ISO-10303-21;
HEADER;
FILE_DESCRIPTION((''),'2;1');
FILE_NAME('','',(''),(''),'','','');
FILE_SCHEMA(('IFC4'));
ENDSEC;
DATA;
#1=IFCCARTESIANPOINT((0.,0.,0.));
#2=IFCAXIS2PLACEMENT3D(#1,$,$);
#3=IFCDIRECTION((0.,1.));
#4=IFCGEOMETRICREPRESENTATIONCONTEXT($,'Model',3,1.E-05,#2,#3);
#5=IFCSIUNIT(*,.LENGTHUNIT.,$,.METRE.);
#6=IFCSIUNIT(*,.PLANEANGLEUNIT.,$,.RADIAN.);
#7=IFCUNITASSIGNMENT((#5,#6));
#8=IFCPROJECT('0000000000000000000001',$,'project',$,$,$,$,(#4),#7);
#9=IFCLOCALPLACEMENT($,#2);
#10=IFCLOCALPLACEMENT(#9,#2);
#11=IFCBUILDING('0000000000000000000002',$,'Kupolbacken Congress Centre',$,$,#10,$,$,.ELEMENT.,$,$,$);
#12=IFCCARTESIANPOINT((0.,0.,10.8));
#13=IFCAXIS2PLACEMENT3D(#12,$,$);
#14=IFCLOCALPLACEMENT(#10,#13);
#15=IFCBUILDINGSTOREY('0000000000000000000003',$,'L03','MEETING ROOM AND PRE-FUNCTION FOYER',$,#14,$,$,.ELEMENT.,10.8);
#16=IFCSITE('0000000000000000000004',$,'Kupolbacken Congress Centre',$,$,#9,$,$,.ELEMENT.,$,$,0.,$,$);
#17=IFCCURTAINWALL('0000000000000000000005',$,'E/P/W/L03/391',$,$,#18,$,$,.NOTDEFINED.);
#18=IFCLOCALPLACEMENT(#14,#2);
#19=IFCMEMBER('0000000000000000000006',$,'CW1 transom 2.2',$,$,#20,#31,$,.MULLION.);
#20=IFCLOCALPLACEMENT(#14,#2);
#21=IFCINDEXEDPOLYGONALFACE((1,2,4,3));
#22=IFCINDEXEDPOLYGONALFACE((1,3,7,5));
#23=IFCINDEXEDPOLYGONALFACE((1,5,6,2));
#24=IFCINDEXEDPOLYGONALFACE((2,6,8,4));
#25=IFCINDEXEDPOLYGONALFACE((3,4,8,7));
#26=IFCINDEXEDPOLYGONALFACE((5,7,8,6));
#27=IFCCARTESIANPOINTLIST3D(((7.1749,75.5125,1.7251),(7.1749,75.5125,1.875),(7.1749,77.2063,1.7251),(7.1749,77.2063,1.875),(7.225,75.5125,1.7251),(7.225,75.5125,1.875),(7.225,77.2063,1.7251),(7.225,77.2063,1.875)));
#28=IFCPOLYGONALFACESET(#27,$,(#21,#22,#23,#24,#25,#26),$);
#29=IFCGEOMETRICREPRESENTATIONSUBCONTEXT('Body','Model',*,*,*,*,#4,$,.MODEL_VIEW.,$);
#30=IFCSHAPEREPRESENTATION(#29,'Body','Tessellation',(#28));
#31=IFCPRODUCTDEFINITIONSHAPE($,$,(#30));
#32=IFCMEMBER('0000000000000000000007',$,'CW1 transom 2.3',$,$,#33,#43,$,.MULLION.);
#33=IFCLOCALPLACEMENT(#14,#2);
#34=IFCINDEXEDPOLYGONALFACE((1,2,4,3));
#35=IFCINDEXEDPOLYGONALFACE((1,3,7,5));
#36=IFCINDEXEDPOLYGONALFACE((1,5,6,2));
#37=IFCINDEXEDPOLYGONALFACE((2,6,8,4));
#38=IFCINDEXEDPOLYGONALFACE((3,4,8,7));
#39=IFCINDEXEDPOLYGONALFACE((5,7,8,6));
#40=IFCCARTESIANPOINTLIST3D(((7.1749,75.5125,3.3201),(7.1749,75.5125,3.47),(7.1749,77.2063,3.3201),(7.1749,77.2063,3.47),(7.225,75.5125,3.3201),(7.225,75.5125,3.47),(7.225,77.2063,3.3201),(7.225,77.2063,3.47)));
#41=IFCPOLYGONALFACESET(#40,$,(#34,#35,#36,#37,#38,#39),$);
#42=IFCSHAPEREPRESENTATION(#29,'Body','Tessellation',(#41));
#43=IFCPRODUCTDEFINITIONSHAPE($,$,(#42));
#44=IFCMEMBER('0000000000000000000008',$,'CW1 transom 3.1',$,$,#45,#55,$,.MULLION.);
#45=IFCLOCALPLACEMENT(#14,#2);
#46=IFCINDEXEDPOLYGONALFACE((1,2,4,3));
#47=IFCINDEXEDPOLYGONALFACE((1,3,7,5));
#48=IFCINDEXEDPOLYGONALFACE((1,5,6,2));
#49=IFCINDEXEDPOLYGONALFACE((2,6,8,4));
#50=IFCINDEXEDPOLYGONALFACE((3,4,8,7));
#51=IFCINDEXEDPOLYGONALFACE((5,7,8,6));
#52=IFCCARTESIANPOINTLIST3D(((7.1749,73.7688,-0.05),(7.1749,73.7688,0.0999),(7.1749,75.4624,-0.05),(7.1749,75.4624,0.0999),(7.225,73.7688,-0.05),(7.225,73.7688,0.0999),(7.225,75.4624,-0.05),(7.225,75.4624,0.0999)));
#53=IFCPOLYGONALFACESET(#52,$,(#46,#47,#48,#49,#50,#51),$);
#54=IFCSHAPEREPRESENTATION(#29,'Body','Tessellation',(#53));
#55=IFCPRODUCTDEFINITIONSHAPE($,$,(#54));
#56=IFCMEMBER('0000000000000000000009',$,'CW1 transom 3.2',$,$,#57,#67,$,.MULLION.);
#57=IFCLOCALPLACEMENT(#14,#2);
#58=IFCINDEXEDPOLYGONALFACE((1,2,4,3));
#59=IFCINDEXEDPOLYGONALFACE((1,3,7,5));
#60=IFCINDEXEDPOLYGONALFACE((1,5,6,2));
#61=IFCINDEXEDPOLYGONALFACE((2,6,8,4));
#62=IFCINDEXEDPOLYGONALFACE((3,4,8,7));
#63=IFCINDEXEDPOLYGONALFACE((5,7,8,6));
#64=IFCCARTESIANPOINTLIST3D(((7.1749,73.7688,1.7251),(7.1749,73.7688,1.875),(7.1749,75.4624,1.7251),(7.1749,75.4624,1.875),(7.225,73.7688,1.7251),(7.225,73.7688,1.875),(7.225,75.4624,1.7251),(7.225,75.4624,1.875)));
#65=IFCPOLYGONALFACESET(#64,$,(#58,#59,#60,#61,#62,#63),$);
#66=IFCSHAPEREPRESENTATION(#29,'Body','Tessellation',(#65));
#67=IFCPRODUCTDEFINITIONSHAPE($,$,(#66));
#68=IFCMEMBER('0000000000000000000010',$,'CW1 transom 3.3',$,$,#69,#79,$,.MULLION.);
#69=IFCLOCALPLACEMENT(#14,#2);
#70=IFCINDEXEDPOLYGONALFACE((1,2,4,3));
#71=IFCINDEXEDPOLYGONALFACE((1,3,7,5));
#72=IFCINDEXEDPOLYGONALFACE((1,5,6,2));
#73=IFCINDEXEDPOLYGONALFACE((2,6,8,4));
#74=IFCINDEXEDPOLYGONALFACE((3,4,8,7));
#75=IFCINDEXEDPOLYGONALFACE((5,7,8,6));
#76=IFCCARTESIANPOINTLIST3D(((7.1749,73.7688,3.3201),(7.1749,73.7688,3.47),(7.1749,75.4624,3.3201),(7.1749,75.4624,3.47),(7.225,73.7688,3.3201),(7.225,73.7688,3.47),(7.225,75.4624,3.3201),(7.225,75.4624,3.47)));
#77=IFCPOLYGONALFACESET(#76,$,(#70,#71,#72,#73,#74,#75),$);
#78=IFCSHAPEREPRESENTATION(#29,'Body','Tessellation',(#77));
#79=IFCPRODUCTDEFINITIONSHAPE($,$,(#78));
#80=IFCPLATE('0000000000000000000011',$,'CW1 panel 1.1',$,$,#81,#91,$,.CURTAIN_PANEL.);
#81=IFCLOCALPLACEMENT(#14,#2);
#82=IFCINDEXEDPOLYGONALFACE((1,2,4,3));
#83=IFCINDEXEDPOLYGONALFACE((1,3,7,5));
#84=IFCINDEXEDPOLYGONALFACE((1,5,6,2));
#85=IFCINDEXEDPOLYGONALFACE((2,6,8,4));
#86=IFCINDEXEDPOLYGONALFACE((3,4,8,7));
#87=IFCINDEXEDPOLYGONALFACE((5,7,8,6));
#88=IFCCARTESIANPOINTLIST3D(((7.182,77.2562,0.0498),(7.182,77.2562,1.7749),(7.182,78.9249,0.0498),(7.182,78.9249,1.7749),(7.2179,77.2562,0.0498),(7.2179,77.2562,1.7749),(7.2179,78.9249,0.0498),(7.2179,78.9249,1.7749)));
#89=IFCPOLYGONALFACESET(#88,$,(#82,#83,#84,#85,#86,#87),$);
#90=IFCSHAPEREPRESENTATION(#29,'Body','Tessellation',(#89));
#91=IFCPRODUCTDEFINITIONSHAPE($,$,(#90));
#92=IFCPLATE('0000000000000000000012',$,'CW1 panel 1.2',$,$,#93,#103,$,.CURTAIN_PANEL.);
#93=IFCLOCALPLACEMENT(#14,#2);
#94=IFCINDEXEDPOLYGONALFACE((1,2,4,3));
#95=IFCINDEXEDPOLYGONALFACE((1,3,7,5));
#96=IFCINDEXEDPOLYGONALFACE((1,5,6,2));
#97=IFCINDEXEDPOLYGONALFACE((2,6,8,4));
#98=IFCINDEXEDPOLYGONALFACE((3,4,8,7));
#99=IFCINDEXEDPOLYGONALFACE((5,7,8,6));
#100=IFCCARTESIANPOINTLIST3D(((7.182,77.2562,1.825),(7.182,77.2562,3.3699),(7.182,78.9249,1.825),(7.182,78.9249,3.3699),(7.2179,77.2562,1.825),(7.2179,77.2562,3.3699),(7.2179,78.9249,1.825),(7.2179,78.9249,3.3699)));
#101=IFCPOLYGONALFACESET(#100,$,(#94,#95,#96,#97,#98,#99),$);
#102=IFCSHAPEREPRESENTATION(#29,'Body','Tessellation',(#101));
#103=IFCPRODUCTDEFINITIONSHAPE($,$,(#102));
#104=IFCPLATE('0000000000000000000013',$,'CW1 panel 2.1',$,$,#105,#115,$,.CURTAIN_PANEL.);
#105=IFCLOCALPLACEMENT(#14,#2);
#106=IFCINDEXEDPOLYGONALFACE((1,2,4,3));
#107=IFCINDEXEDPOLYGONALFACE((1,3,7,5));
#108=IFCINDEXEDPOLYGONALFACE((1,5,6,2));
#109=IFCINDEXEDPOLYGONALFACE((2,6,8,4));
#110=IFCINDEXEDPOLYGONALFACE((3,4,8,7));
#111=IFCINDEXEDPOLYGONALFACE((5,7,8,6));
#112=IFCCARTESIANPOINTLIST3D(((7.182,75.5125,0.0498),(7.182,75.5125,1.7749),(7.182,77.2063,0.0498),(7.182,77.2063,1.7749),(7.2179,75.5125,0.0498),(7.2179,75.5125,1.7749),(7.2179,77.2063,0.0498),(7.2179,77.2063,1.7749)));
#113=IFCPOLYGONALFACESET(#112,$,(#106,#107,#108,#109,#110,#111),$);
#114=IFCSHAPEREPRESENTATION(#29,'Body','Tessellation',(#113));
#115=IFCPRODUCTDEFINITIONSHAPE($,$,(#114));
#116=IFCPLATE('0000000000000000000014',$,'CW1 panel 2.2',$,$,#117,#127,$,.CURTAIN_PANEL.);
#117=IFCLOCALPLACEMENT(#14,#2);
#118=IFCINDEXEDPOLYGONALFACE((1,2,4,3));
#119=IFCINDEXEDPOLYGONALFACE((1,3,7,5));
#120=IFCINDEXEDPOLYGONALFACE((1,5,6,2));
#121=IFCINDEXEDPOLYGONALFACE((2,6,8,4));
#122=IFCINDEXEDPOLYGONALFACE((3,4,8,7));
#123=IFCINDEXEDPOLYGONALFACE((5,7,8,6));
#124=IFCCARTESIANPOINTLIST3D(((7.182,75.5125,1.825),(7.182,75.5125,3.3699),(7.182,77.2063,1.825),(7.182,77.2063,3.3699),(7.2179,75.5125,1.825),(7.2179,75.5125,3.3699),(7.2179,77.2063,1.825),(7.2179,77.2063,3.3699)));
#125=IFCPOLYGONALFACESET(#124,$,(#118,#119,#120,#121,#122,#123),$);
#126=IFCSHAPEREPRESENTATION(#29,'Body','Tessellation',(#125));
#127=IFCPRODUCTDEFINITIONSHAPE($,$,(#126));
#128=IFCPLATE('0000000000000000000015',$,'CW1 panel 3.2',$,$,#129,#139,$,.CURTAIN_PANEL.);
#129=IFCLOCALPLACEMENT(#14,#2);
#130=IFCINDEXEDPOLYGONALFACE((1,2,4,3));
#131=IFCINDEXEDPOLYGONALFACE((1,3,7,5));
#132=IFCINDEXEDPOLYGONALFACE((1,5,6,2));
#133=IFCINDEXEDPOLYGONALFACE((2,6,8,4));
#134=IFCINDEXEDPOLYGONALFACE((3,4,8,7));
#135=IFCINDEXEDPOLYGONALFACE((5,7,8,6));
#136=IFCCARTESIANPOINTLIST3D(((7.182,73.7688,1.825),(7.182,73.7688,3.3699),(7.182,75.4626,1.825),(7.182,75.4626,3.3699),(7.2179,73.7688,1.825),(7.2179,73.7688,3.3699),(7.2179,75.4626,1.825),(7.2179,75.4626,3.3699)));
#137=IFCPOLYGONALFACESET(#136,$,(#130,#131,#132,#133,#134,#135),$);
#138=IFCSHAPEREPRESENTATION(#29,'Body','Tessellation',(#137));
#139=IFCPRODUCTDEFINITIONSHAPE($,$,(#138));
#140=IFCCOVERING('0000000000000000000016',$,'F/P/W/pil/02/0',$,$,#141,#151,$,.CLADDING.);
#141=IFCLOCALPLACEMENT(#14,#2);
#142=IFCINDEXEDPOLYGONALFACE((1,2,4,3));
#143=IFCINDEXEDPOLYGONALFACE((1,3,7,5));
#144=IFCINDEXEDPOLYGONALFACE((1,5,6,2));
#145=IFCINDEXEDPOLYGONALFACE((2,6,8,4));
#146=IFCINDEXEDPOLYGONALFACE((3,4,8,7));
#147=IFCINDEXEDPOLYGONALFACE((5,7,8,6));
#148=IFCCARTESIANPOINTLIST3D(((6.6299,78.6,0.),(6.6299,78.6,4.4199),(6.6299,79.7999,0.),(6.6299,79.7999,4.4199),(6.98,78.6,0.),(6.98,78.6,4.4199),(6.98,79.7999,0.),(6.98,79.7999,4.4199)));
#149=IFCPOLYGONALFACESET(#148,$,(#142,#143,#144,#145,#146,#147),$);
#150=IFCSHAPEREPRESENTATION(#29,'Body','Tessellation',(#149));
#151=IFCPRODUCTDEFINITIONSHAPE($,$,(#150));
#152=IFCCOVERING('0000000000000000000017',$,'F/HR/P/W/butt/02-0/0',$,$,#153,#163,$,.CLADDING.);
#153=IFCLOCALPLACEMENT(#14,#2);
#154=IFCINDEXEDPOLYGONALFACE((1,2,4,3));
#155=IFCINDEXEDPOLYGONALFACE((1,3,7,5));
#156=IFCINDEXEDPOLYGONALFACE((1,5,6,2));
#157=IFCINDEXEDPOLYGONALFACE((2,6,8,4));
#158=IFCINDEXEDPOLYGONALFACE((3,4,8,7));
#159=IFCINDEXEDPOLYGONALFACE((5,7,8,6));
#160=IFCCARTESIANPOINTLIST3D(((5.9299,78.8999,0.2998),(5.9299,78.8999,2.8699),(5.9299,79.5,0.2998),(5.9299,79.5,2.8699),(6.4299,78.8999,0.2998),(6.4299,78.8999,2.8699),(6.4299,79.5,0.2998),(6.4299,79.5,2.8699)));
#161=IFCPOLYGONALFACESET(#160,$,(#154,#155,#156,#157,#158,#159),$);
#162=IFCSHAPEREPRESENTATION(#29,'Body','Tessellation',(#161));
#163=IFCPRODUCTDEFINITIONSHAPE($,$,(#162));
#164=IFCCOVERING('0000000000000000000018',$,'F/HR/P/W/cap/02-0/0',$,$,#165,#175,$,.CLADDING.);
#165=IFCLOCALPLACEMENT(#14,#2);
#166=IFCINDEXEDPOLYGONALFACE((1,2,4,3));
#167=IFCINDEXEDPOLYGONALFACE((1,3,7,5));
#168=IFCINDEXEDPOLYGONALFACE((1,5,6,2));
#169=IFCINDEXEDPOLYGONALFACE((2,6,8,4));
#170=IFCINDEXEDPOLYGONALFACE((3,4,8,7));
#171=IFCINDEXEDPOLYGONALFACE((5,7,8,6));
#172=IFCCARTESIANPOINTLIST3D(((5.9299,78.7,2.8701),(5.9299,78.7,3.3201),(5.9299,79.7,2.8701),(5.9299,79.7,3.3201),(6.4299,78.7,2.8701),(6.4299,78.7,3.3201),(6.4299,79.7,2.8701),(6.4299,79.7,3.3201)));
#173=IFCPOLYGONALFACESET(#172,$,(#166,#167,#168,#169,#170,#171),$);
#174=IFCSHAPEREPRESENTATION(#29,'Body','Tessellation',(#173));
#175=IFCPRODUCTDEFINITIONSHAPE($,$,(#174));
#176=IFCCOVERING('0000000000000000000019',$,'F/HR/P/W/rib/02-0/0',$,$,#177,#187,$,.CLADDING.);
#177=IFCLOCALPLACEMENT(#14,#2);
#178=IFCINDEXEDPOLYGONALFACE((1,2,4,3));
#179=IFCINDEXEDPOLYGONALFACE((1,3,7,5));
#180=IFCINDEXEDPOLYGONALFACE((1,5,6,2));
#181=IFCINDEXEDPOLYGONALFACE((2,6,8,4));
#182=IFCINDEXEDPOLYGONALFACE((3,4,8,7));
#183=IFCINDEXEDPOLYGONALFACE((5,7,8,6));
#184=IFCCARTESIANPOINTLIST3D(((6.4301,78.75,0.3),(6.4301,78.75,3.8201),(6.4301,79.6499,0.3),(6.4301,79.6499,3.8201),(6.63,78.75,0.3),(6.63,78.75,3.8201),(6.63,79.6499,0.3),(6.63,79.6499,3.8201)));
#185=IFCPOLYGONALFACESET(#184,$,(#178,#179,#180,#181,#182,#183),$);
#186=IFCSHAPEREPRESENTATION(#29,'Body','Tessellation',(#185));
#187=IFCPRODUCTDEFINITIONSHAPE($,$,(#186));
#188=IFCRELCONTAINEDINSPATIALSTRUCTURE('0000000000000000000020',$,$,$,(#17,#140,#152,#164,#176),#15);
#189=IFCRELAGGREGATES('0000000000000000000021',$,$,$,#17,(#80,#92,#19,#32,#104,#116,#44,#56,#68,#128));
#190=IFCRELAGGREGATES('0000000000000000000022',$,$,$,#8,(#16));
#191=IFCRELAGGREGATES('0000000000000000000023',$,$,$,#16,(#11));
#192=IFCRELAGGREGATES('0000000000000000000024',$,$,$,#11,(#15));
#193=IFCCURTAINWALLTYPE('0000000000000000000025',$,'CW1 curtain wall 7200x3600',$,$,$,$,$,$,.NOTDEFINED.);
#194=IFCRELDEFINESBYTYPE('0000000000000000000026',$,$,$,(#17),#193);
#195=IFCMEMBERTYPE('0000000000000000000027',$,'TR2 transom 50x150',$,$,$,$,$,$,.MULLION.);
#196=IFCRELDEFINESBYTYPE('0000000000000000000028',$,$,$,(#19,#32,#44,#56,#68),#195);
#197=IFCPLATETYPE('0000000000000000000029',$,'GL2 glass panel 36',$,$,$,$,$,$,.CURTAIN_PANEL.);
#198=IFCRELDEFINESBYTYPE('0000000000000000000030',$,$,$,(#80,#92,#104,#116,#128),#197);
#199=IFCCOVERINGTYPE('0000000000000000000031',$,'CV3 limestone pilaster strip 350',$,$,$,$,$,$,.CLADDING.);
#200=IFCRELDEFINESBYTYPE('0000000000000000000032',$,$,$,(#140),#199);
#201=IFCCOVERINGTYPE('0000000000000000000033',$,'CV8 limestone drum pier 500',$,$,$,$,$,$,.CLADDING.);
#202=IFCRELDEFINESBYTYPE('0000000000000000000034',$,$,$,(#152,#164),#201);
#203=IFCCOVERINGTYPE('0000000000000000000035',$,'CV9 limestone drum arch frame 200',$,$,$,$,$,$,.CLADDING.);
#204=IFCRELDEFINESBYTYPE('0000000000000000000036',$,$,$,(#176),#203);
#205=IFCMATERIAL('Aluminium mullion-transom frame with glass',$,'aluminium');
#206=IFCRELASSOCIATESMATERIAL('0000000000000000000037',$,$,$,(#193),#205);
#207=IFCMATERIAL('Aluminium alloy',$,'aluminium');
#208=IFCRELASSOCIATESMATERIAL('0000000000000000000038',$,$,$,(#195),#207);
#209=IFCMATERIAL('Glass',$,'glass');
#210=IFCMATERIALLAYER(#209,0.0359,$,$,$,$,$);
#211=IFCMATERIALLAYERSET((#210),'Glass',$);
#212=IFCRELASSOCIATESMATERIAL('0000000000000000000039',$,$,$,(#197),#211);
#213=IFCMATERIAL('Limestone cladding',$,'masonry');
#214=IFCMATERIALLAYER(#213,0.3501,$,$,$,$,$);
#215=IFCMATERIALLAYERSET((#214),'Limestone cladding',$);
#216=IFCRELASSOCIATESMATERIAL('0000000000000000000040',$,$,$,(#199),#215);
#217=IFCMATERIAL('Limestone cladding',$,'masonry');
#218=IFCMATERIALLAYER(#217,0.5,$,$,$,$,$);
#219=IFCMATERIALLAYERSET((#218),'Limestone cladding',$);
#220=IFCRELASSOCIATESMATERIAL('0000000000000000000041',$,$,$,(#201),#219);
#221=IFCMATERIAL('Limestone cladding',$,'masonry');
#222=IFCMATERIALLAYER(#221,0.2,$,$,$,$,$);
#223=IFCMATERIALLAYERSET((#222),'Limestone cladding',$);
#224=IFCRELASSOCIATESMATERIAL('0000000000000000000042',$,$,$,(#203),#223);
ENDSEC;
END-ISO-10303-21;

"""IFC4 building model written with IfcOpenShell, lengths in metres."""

from ifc_helpers import new_model, si_unit, direction, frame, origin, origin_2d, place, context, subcontext, project, spatial, rectangle, extrude, material, layer, layer_set, material_profile, profile_set, type_object, element, aggregate, save


model = new_model("IFC4")

# Units and contexts
model_context = context("Model", 3, precision=1e-05, world=origin(), true_north=direction((0.0, 1.0)))
body_context = subcontext(model_context, "Body", "Model", "MODEL_VIEW")
ifc_project = project(units=[si_unit("LENGTHUNIT", "METRE"), si_unit("PLANEANGLEUNIT", "RADIAN")], contexts=[model_context])

# Site, building, storey
site_placement = place(None, origin())
site = spatial("IfcSite", under=ifc_project, at=site_placement, Name="Kupolbacken Congress Centre", CompositionType="ELEMENT", RefElevation=0.0)
building_placement = place(site_placement, origin())
building = spatial("IfcBuilding", under=site, at=building_placement, Name="Kupolbacken Congress Centre", CompositionType="ELEMENT")
storey_placement = place(building_placement, frame((0.0, 0.0, 10.8)))
storey = spatial("IfcBuildingStorey", under=building, at=storey_placement, Name="L03", Description="MEETING ROOM AND PRE-FUNCTION FOYER", CompositionType="ELEMENT", Elevation=10.8)

# Curtain wall, members, plates
ifc_material_1 = material(Name="Aluminium mullion-transom frame with glass", Category="aluminium")
curtain_wall_type = type_object("IfcCurtainWallType", Name="CW1 curtain wall 7200x3600", PredefinedType="NOTDEFINED", material=ifc_material_1)
curtain_wall_placement = place(storey_placement, origin())
curtain_wall = element("IfcCurtainWall", 1, at=curtain_wall_placement, inside=storey, type_object=curtain_wall_type, Name="E/P/W/L03/391", PredefinedType="NOTDEFINED")
ifc_material_2 = material(Name="Aluminium alloy", Category="aluminium")
ifc_material_profile_1 = material_profile(ifc_material_2, rectangle(XDim=0.05, YDim=0.1499, at=origin_2d()), Name="50 x 150")
ifc_profile_set_1 = profile_set([ifc_material_profile_1], Name="Aluminium alloy")
member_type_1 = type_object("IfcMemberType", Name="TR2 transom 50x150", PredefinedType="MULLION", material=ifc_profile_set_1)
member_1_placement = place(storey_placement, frame((7.2, 77.2063, 1.8), z_axis=(0.0, -1.0, 0.0), x_axis=(1.0, 0.0, 0.0)))
member_1 = element("IfcMember", 2, at=member_1_placement, type_object=member_type_1, Name="CW1 transom 2.2", PredefinedType="MULLION", context=body_context, shape_type="SweptSolid", body=[
    extrude(rectangle(XDim=0.05, YDim=0.1499, at=origin_2d()), origin(), (0.0, 0.0, 1.0), 1.6938),
])
member_2_placement = place(storey_placement, frame((7.2, 77.2063, 3.395), z_axis=(0.0, -1.0, 0.0), x_axis=(1.0, 0.0, 0.0)))
member_2 = element("IfcMember", 3, at=member_2_placement, type_object=member_type_1, Name="CW1 transom 2.3", PredefinedType="MULLION", context=body_context, shape_type="SweptSolid", body=[
    extrude(rectangle(XDim=0.05, YDim=0.1499, at=origin_2d()), origin(), (0.0, 0.0, 1.0), 1.6938),
])
member_3_placement = place(storey_placement, frame((7.2, 75.4624, 0.0249), z_axis=(0.0, -1.0, 0.0), x_axis=(1.0, 0.0, 0.0)))
member_3 = element("IfcMember", 4, at=member_3_placement, type_object=member_type_1, Name="CW1 transom 3.1", PredefinedType="MULLION", context=body_context, shape_type="SweptSolid", body=[
    extrude(rectangle(XDim=0.05, YDim=0.1499, at=origin_2d()), origin(), (0.0, 0.0, 1.0), 1.6936),
])
member_4_placement = place(storey_placement, frame((7.2, 75.4624, 1.8), z_axis=(0.0, -1.0, 0.0), x_axis=(1.0, 0.0, 0.0)))
member_4 = element("IfcMember", 5, at=member_4_placement, type_object=member_type_1, Name="CW1 transom 3.2", PredefinedType="MULLION", context=body_context, shape_type="SweptSolid", body=[
    extrude(rectangle(XDim=0.05, YDim=0.1499, at=origin_2d()), origin(), (0.0, 0.0, 1.0), 1.6936),
])
member_5_placement = place(storey_placement, frame((7.2, 75.4624, 3.395), z_axis=(0.0, -1.0, 0.0), x_axis=(1.0, 0.0, 0.0)))
member_5 = element("IfcMember", 6, at=member_5_placement, type_object=member_type_1, Name="CW1 transom 3.3", PredefinedType="MULLION", context=body_context, shape_type="SweptSolid", body=[
    extrude(rectangle(XDim=0.05, YDim=0.1499, at=origin_2d()), origin(), (0.0, 0.0, 1.0), 1.6936),
])
ifc_material_3 = material(Name="Glass", Category="glass")
ifc_layer_1 = layer(ifc_material_3, 0.0359)
ifc_layer_set_1 = layer_set([ifc_layer_1], Name="Glass")
plate_type = type_object("IfcPlateType", Name="GL2 glass panel 36", PredefinedType="CURTAIN_PANEL", material=ifc_layer_set_1)
plate_1_placement = place(storey_placement, frame((7.2, 78.0906, 0.0498), z_axis=(0.0, 0.0, 1.0), x_axis=(0.0, -1.0, 0.0)))
plate_1 = element("IfcPlate", 7, at=plate_1_placement, type_object=plate_type, Name="CW1 panel 1.1", PredefinedType="CURTAIN_PANEL", context=body_context, shape_type="SweptSolid", body=[
    extrude(rectangle(XDim=1.6687, YDim=0.0359, at=origin_2d()), origin(), (0.0, 0.0, 1.0), 1.7251),
])
plate_2_placement = place(storey_placement, frame((7.2, 78.0906, 1.825), z_axis=(0.0, 0.0, 1.0), x_axis=(0.0, -1.0, 0.0)))
plate_2 = element("IfcPlate", 8, at=plate_2_placement, type_object=plate_type, Name="CW1 panel 1.2", PredefinedType="CURTAIN_PANEL", context=body_context, shape_type="SweptSolid", body=[
    extrude(rectangle(XDim=1.6687, YDim=0.0359, at=origin_2d()), origin(), (0.0, 0.0, 1.0), 1.5449),
])
plate_3_placement = place(storey_placement, frame((7.2, 76.3594, 0.0498), z_axis=(0.0, 0.0, 1.0), x_axis=(0.0, -1.0, 0.0)))
plate_3 = element("IfcPlate", 9, at=plate_3_placement, type_object=plate_type, Name="CW1 panel 2.1", PredefinedType="CURTAIN_PANEL", context=body_context, shape_type="SweptSolid", body=[
    extrude(rectangle(XDim=1.6938, YDim=0.0359, at=origin_2d()), origin(), (0.0, 0.0, 1.0), 1.7251),
])
plate_4_placement = place(storey_placement, frame((7.2, 76.3594, 1.825), z_axis=(0.0, 0.0, 1.0), x_axis=(0.0, -1.0, 0.0)))
plate_4 = element("IfcPlate", 10, at=plate_4_placement, type_object=plate_type, Name="CW1 panel 2.2", PredefinedType="CURTAIN_PANEL", context=body_context, shape_type="SweptSolid", body=[
    extrude(rectangle(XDim=1.6938, YDim=0.0359, at=origin_2d()), origin(), (0.0, 0.0, 1.0), 1.5449),
])
plate_5_placement = place(storey_placement, frame((7.2, 74.6157, 1.825), z_axis=(0.0, 0.0, 1.0), x_axis=(0.0, -1.0, 0.0)))
plate_5 = element("IfcPlate", 11, at=plate_5_placement, type_object=plate_type, Name="CW1 panel 3.2", PredefinedType="CURTAIN_PANEL", context=body_context, shape_type="SweptSolid", body=[
    extrude(rectangle(XDim=1.6938, YDim=0.0359, at=origin_2d()), origin(), (0.0, 0.0, 1.0), 1.5449),
])
aggregate(curtain_wall, [plate_1, plate_2, member_1, member_2, plate_3, plate_4, member_3, member_4, member_5, plate_5])

# Coverings
ifc_material_4 = material(Name="Limestone cladding", Category="masonry")
ifc_layer_2 = layer(ifc_material_4, 0.3501)
ifc_layer_set_2 = layer_set([ifc_layer_2], Name="Limestone cladding")
covering_type_1 = type_object("IfcCoveringType", Name="CV3 limestone pilaster strip 350", PredefinedType="CLADDING", material=ifc_layer_set_2)
covering_1_placement = place(storey_placement, frame((6.8049, 79.2, 0.0), z_axis=(0.0, 0.0, 1.0), x_axis=(0.0, 1.0, 0.0)))
element("IfcCovering", 12, at=covering_1_placement, inside=storey, type_object=covering_type_1, Name="F/P/W/pil/02/0", PredefinedType="CLADDING", context=body_context, shape_type="SweptSolid", body=[
    extrude(rectangle(XDim=1.2, YDim=0.3501, at=origin_2d()), origin(), (0.0, 0.0, 1.0), 4.4199),
])
ifc_material_5 = material(Name="Limestone cladding", Category="masonry")
ifc_layer_3 = layer(ifc_material_5, 0.5)
ifc_layer_set_3 = layer_set([ifc_layer_3], Name="Limestone cladding")
covering_type_2 = type_object("IfcCoveringType", Name="CV8 limestone drum pier 500", PredefinedType="CLADDING", material=ifc_layer_set_3)
covering_2_placement = place(storey_placement, frame((6.1799, 79.2, 0.2998), z_axis=(0.0, 0.0, 1.0), x_axis=(0.0, 1.0, 0.0)))
element("IfcCovering", 13, at=covering_2_placement, inside=storey, type_object=covering_type_2, Name="F/HR/P/W/butt/02-0/0", PredefinedType="CLADDING", context=body_context, shape_type="SweptSolid", body=[
    extrude(rectangle(XDim=0.6001, YDim=0.5, at=origin_2d()), origin(), (0.0, 0.0, 1.0), 2.5701),
])
covering_3_placement = place(storey_placement, frame((6.1799, 79.2, 2.8701), z_axis=(0.0, 0.0, 1.0), x_axis=(0.0, 1.0, 0.0)))
element("IfcCovering", 14, at=covering_3_placement, inside=storey, type_object=covering_type_2, Name="F/HR/P/W/cap/02-0/0", PredefinedType="CLADDING", context=body_context, shape_type="SweptSolid", body=[
    extrude(rectangle(XDim=1.0, YDim=0.5, at=origin_2d()), origin(), (0.0, 0.0, 1.0), 0.45),
])
ifc_material_6 = material(Name="Limestone cladding", Category="masonry")
ifc_layer_4 = layer(ifc_material_6, 0.2)
ifc_layer_set_4 = layer_set([ifc_layer_4], Name="Limestone cladding")
covering_type_3 = type_object("IfcCoveringType", Name="CV9 limestone drum arch frame 200", PredefinedType="CLADDING", material=ifc_layer_set_4)
covering_4_placement = place(storey_placement, frame((6.53, 79.2, 0.3), z_axis=(0.0, 0.0, 1.0), x_axis=(0.0, 1.0, 0.0)))
element("IfcCovering", 15, at=covering_4_placement, inside=storey, type_object=covering_type_3, Name="F/HR/P/W/rib/02-0/0", PredefinedType="CLADDING", context=body_context, shape_type="SweptSolid", body=[
    extrude(rectangle(XDim=0.8999, YDim=0.2, at=origin_2d()), origin(), (0.0, 0.0, 1.0), 3.52),
])

save(model, "model.ifc")
